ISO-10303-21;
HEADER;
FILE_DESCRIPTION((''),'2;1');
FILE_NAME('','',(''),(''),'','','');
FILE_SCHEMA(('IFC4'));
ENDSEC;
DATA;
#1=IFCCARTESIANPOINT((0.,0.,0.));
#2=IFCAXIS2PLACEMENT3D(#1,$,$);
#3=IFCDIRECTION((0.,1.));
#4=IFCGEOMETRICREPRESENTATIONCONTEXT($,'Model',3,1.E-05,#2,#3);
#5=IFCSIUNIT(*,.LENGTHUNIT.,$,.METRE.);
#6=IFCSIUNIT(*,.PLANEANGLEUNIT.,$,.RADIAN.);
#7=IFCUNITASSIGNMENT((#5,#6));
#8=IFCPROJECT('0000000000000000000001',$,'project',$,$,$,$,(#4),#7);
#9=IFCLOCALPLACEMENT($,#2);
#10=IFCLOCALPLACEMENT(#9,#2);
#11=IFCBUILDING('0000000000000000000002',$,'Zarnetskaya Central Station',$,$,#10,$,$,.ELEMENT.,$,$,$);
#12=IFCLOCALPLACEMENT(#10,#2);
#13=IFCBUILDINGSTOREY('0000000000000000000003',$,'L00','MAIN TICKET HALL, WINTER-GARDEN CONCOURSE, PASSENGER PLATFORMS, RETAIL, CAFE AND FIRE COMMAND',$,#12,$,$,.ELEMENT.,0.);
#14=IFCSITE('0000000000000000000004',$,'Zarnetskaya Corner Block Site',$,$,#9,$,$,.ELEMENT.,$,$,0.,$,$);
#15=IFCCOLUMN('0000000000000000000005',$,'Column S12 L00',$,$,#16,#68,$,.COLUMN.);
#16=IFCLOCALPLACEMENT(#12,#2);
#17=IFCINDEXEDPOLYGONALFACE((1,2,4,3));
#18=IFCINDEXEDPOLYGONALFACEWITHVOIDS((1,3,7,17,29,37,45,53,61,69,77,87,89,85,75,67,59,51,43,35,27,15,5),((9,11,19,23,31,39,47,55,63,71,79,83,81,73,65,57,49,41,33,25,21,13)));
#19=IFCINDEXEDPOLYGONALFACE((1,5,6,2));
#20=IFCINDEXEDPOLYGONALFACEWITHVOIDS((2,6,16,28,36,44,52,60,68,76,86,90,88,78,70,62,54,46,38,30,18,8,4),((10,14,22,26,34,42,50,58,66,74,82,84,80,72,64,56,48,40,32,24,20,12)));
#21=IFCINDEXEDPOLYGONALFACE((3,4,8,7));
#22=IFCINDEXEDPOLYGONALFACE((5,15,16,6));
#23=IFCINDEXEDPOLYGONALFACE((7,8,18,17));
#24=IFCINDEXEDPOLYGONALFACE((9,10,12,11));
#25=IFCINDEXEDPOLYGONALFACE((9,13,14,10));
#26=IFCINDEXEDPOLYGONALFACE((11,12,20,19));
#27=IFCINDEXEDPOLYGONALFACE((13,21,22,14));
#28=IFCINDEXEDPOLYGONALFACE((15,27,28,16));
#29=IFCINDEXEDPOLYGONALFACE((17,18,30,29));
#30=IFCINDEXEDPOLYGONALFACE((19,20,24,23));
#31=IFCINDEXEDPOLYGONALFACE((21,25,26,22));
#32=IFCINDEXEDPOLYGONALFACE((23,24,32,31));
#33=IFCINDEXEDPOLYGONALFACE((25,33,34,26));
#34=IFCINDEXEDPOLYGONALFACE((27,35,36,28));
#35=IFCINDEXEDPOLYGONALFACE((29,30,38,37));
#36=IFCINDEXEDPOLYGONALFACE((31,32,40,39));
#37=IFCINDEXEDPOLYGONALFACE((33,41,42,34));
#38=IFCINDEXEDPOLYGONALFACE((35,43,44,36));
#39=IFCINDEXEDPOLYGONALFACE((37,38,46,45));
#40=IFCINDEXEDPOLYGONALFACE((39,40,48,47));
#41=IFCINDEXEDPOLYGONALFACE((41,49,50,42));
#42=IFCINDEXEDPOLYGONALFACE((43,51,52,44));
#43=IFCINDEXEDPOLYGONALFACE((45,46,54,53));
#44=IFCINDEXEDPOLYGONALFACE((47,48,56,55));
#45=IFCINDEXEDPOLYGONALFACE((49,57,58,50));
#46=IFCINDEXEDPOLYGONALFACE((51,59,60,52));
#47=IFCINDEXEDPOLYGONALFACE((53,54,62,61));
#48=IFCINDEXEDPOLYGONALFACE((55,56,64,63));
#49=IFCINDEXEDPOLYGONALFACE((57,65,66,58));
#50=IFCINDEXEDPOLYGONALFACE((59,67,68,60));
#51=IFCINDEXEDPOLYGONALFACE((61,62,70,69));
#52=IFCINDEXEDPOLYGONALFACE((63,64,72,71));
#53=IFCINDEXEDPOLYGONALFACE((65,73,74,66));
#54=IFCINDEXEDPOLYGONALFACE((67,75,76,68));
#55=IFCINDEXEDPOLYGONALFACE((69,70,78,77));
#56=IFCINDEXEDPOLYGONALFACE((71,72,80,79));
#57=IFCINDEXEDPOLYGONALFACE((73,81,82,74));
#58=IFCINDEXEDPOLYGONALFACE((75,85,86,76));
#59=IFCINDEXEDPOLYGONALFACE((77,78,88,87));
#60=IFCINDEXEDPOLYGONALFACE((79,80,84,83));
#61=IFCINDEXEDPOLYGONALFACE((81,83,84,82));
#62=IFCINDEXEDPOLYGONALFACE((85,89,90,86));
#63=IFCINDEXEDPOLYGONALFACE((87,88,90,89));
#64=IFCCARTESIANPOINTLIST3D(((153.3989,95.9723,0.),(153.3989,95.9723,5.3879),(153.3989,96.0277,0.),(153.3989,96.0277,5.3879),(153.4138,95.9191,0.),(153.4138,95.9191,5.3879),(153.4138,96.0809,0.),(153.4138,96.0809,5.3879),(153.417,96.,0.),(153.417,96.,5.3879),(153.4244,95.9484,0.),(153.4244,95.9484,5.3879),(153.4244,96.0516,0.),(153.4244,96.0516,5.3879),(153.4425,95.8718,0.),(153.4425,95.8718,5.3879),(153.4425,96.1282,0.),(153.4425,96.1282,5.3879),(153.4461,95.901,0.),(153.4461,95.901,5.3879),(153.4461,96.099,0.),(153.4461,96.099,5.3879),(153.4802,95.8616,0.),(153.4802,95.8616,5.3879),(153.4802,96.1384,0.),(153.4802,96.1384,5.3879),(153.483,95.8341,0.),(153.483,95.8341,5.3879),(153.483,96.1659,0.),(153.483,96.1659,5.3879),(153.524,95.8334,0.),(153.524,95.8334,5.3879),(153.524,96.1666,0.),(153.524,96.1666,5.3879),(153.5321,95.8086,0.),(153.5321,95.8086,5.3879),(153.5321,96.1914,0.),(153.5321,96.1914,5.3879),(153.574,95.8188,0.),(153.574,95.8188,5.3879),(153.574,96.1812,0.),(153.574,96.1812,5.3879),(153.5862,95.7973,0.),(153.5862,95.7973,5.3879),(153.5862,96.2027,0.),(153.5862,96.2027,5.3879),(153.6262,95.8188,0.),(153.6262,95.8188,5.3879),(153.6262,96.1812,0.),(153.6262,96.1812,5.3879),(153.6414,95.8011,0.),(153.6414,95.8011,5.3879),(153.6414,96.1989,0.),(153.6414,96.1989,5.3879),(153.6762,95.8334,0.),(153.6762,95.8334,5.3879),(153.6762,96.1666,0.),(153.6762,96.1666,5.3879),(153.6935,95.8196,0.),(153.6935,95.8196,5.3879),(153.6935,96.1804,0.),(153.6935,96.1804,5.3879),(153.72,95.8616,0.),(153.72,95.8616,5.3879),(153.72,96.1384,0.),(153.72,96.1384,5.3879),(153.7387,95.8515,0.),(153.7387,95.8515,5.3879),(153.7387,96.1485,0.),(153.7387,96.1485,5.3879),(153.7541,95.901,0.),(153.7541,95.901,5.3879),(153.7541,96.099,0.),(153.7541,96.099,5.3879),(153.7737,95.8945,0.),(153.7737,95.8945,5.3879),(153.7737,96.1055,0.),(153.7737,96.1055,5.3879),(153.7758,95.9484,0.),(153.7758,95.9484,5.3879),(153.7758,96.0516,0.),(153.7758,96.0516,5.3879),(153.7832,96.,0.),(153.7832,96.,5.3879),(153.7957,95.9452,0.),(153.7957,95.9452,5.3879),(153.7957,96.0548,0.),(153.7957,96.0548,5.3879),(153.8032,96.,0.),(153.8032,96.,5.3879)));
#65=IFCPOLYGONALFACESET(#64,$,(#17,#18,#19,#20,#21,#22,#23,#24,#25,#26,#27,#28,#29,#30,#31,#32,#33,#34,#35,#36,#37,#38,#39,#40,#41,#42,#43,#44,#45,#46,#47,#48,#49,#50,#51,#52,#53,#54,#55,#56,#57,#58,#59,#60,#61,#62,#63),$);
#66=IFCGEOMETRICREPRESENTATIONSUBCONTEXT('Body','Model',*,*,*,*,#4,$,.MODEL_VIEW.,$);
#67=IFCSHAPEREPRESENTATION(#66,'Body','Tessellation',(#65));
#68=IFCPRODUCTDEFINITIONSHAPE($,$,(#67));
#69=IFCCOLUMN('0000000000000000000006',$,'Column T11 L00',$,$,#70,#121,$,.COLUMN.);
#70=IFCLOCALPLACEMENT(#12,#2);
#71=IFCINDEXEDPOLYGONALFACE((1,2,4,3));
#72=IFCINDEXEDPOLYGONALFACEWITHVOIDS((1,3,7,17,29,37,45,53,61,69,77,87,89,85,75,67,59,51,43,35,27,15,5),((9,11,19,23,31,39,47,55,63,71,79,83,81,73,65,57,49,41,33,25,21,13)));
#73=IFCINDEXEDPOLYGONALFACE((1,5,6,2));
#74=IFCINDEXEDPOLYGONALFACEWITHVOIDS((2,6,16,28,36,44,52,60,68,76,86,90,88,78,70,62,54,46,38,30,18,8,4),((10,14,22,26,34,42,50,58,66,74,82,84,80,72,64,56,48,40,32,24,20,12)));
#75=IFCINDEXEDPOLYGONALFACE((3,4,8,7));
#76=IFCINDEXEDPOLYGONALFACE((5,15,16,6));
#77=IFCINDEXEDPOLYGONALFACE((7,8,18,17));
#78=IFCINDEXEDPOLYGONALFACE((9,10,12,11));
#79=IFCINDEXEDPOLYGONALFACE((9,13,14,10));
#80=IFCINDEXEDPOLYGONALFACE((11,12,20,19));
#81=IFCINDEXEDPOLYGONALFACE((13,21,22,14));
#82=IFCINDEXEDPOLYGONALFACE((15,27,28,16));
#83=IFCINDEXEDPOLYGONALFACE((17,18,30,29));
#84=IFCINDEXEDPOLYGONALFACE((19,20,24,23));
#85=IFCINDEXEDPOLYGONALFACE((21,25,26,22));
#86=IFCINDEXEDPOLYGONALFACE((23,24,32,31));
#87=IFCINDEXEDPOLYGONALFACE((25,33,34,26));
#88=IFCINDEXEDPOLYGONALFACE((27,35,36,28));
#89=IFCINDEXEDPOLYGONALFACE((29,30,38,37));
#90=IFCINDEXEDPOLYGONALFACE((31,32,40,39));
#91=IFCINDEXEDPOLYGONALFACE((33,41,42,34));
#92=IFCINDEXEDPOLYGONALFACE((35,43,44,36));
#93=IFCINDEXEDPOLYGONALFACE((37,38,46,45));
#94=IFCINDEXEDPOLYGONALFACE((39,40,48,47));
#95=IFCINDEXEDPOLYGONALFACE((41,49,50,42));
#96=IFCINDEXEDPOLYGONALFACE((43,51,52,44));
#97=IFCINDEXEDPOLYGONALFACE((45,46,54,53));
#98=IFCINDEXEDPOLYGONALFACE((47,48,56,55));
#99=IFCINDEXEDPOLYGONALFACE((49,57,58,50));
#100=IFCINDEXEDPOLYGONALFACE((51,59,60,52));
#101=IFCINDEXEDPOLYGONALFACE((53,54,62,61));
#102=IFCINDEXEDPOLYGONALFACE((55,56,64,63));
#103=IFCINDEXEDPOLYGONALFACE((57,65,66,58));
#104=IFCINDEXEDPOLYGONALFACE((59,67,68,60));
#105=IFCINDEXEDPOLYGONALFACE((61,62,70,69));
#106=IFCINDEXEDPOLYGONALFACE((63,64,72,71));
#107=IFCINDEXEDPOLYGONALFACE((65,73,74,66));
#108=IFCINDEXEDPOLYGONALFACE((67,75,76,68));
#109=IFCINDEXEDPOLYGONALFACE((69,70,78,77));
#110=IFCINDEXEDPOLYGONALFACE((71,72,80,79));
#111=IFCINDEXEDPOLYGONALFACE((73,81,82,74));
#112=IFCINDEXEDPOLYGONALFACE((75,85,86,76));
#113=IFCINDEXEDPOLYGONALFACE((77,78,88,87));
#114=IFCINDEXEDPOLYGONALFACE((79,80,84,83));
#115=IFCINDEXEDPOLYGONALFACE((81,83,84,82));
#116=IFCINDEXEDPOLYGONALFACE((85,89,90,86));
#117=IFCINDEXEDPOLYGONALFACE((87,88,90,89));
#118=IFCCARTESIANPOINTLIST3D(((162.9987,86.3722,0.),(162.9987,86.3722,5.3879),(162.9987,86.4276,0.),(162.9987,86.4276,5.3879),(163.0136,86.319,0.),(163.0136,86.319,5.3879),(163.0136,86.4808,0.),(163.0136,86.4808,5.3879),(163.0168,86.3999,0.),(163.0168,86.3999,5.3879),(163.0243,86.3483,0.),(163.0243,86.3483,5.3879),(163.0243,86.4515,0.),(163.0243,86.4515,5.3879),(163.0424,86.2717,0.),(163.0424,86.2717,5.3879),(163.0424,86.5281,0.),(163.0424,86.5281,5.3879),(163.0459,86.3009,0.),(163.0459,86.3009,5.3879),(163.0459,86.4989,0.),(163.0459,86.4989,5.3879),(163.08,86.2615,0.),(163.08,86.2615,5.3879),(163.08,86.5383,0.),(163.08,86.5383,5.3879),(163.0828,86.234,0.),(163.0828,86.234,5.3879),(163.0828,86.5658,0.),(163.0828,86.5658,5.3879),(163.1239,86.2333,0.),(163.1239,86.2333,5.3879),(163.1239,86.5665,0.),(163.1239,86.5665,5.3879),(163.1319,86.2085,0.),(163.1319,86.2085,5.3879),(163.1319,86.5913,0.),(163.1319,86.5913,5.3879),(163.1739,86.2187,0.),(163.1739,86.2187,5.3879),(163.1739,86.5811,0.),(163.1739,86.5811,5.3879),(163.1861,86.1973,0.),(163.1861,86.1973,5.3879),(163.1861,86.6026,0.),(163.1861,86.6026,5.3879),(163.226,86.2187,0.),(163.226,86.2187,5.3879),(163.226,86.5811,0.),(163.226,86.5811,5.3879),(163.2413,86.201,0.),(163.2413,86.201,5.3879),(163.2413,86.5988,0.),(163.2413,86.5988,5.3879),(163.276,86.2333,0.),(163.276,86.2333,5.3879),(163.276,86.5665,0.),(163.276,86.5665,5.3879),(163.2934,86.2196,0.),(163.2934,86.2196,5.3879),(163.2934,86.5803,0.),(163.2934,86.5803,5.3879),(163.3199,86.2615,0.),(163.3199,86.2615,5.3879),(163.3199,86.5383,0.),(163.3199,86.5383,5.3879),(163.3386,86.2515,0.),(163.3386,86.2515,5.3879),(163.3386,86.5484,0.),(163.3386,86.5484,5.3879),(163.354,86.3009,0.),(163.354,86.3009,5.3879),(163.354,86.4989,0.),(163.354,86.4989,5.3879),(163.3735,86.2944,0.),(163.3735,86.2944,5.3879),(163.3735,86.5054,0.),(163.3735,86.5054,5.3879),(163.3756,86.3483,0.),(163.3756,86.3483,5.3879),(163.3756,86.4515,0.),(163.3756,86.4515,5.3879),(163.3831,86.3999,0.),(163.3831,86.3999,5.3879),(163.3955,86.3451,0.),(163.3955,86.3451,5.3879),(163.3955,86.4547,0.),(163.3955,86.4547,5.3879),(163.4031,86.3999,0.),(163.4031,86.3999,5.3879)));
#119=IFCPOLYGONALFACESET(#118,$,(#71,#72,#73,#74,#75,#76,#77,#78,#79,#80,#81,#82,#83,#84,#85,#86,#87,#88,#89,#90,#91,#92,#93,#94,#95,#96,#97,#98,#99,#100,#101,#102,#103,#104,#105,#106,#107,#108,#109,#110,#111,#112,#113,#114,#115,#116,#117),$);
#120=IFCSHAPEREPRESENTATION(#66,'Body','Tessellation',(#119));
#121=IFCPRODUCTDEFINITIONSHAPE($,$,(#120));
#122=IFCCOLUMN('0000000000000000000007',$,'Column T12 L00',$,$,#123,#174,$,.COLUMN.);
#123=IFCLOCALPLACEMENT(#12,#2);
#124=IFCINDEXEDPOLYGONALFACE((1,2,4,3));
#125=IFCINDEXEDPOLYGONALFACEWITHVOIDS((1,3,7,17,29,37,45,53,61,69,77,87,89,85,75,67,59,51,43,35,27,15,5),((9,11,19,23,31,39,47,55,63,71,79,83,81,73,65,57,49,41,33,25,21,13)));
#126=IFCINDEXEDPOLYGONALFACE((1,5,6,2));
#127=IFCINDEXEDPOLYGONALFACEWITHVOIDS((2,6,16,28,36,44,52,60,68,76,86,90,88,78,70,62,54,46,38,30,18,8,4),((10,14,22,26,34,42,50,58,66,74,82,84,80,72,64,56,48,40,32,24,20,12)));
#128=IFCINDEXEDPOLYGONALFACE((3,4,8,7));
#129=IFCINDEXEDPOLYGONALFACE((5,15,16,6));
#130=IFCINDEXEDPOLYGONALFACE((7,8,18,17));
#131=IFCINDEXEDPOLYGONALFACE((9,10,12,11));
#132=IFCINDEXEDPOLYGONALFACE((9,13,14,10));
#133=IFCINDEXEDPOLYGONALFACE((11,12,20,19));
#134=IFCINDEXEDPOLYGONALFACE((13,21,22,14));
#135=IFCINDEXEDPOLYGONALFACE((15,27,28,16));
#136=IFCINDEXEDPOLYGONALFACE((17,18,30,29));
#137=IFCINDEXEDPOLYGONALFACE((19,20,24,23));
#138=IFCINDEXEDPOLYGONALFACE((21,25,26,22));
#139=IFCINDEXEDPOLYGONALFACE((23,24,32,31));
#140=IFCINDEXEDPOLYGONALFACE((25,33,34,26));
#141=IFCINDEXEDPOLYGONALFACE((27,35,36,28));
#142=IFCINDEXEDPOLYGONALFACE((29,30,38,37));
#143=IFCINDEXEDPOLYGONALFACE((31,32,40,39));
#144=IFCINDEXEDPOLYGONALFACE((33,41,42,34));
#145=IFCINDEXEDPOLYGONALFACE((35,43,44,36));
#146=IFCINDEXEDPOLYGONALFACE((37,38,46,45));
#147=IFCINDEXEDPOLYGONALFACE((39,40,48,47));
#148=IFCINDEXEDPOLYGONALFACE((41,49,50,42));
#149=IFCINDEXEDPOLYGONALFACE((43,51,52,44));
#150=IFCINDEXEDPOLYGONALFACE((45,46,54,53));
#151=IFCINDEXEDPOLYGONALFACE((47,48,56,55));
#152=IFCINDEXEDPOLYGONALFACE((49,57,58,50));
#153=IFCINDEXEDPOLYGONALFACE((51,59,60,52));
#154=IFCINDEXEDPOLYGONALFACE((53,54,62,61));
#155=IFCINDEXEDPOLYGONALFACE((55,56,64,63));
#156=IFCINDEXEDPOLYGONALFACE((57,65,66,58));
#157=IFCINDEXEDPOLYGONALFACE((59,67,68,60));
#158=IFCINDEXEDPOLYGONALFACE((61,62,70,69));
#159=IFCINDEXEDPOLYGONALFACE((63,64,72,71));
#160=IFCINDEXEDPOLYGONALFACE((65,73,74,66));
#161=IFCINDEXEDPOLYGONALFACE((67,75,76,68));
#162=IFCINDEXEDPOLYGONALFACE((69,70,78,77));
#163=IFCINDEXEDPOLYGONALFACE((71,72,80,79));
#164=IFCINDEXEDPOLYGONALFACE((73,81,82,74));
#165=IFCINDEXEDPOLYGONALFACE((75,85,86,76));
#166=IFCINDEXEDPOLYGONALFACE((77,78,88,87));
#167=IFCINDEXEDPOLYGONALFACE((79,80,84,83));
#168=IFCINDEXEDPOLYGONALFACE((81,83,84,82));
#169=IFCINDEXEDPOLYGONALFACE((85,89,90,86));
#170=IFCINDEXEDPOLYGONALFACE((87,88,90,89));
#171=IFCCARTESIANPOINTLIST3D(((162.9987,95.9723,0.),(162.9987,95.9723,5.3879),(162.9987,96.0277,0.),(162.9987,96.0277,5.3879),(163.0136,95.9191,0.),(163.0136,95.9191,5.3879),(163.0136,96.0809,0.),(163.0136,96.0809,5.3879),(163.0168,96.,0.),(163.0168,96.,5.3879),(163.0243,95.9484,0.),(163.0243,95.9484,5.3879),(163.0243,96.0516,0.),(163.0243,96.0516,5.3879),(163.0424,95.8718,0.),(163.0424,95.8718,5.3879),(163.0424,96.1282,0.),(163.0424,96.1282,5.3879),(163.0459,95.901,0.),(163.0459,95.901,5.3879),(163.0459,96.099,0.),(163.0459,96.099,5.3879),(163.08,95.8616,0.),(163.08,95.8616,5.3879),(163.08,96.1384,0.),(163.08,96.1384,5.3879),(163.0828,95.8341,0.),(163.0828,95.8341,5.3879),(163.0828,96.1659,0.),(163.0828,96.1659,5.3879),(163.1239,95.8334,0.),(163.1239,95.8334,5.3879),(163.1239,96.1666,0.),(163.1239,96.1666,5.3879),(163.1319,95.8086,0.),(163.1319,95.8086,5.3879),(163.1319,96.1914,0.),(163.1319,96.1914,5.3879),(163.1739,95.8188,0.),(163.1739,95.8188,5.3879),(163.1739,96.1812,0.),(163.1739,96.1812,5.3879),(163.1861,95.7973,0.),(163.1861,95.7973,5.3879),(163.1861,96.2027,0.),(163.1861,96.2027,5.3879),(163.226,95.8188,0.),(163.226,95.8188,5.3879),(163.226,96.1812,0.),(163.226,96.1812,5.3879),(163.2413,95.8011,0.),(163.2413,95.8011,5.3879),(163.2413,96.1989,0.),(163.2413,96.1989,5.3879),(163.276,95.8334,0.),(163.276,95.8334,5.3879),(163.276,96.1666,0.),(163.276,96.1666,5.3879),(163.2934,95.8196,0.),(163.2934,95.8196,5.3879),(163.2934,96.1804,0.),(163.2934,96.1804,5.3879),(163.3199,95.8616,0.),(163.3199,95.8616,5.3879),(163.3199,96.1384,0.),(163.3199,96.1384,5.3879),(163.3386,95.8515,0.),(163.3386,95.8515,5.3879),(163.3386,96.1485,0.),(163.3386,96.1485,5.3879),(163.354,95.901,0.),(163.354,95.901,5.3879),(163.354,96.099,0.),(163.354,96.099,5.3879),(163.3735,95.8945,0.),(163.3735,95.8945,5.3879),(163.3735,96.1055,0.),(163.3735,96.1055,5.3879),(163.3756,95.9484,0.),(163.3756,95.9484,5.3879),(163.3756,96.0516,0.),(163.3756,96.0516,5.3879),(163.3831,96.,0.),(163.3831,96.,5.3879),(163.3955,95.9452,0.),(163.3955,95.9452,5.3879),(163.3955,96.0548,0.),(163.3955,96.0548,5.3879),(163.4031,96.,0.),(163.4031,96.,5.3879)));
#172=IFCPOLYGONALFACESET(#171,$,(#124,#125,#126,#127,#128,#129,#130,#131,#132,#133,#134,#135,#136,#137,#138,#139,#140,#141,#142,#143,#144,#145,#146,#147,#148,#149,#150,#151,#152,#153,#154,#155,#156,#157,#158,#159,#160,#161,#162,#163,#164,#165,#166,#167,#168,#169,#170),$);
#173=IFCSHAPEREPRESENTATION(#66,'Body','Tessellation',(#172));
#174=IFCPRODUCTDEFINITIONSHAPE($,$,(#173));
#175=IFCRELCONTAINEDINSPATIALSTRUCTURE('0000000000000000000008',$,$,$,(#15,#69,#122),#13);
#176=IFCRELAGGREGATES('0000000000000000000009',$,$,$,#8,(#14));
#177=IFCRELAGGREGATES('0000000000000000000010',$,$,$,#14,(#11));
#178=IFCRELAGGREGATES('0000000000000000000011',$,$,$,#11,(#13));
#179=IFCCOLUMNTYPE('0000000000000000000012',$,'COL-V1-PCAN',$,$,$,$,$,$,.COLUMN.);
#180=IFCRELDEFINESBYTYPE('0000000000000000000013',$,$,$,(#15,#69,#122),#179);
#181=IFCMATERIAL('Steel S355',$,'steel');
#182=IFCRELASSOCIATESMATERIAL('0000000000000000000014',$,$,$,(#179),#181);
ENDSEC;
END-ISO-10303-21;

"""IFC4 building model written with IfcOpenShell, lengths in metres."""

from ifc_helpers import new_model, si_unit, direction, frame, origin, origin_2d, place, context, subcontext, project, spatial, hollow_circle, extrude, material, material_profile, profile_set, type_object, element, save


model = new_model("IFC4")

# Units and contexts
model_context = context("Model", 3, precision=1e-05, world=origin(), true_north=direction((0.0, 1.0)))
body_context = subcontext(model_context, "Body", "Model", "MODEL_VIEW")
ifc_project = project(units=[si_unit("LENGTHUNIT", "METRE"), si_unit("PLANEANGLEUNIT", "RADIAN")], contexts=[model_context])

# Site, building, storey
site_placement = place(None, origin())
site = spatial("IfcSite", under=ifc_project, at=site_placement, Name="Zarnetskaya Corner Block Site", CompositionType="ELEMENT", RefElevation=0.0)
building_placement = place(site_placement, origin())
building = spatial("IfcBuilding", under=site, at=building_placement, Name="Zarnetskaya Central Station", CompositionType="ELEMENT")
storey_placement = place(building_placement, origin())
storey = spatial("IfcBuildingStorey", under=building, at=storey_placement, Name="L00", Description="MAIN TICKET HALL, WINTER-GARDEN CONCOURSE, PASSENGER PLATFORMS, RETAIL, CAFE AND FIRE COMMAND", CompositionType="ELEMENT", Elevation=0.0)

# Columns
ifc_material = material(Name="Steel S355", Category="steel")
ifc_material_profile_1 = material_profile(ifc_material, hollow_circle(Radius=0.2031, WallThickness=0.02, at=origin_2d()), Name="CHS 406.4x20")
ifc_profile_set_1 = profile_set([ifc_material_profile_1], Name="Steel S355")
column_type = type_object("IfcColumnType", Name="COL-V1-PCAN", PredefinedType="COLUMN", material=ifc_profile_set_1)
for number, where, z_axis, x_axis, name in (
    (1, (153.6001, 96.0, 0.0), (0.0, 0.0, 1.0), (1.0, 0.0, 0.0), "Column S12 L00"),
    (2, (163.2, 86.3999, 0.0), (0.0, 0.0, 1.0), (1.0, 0.0, 0.0), "Column T11 L00"),
    (3, (163.2, 96.0, 0.0), (0.0, 0.0, 1.0), (1.0, 0.0, 0.0), "Column T12 L00"),
):
    element("IfcColumn", number, at=place(storey_placement, frame(where, z_axis=z_axis, x_axis=x_axis)), inside=storey, type_object=column_type, Name=name, PredefinedType="COLUMN", context=body_context, shape_type="SweptSolid", body=[
        extrude(hollow_circle(Radius=0.2031, WallThickness=0.02, at=origin_2d()), origin(), (0.0, 0.0, 1.0), 5.3879),
    ])

save(model, "model.ifc")
